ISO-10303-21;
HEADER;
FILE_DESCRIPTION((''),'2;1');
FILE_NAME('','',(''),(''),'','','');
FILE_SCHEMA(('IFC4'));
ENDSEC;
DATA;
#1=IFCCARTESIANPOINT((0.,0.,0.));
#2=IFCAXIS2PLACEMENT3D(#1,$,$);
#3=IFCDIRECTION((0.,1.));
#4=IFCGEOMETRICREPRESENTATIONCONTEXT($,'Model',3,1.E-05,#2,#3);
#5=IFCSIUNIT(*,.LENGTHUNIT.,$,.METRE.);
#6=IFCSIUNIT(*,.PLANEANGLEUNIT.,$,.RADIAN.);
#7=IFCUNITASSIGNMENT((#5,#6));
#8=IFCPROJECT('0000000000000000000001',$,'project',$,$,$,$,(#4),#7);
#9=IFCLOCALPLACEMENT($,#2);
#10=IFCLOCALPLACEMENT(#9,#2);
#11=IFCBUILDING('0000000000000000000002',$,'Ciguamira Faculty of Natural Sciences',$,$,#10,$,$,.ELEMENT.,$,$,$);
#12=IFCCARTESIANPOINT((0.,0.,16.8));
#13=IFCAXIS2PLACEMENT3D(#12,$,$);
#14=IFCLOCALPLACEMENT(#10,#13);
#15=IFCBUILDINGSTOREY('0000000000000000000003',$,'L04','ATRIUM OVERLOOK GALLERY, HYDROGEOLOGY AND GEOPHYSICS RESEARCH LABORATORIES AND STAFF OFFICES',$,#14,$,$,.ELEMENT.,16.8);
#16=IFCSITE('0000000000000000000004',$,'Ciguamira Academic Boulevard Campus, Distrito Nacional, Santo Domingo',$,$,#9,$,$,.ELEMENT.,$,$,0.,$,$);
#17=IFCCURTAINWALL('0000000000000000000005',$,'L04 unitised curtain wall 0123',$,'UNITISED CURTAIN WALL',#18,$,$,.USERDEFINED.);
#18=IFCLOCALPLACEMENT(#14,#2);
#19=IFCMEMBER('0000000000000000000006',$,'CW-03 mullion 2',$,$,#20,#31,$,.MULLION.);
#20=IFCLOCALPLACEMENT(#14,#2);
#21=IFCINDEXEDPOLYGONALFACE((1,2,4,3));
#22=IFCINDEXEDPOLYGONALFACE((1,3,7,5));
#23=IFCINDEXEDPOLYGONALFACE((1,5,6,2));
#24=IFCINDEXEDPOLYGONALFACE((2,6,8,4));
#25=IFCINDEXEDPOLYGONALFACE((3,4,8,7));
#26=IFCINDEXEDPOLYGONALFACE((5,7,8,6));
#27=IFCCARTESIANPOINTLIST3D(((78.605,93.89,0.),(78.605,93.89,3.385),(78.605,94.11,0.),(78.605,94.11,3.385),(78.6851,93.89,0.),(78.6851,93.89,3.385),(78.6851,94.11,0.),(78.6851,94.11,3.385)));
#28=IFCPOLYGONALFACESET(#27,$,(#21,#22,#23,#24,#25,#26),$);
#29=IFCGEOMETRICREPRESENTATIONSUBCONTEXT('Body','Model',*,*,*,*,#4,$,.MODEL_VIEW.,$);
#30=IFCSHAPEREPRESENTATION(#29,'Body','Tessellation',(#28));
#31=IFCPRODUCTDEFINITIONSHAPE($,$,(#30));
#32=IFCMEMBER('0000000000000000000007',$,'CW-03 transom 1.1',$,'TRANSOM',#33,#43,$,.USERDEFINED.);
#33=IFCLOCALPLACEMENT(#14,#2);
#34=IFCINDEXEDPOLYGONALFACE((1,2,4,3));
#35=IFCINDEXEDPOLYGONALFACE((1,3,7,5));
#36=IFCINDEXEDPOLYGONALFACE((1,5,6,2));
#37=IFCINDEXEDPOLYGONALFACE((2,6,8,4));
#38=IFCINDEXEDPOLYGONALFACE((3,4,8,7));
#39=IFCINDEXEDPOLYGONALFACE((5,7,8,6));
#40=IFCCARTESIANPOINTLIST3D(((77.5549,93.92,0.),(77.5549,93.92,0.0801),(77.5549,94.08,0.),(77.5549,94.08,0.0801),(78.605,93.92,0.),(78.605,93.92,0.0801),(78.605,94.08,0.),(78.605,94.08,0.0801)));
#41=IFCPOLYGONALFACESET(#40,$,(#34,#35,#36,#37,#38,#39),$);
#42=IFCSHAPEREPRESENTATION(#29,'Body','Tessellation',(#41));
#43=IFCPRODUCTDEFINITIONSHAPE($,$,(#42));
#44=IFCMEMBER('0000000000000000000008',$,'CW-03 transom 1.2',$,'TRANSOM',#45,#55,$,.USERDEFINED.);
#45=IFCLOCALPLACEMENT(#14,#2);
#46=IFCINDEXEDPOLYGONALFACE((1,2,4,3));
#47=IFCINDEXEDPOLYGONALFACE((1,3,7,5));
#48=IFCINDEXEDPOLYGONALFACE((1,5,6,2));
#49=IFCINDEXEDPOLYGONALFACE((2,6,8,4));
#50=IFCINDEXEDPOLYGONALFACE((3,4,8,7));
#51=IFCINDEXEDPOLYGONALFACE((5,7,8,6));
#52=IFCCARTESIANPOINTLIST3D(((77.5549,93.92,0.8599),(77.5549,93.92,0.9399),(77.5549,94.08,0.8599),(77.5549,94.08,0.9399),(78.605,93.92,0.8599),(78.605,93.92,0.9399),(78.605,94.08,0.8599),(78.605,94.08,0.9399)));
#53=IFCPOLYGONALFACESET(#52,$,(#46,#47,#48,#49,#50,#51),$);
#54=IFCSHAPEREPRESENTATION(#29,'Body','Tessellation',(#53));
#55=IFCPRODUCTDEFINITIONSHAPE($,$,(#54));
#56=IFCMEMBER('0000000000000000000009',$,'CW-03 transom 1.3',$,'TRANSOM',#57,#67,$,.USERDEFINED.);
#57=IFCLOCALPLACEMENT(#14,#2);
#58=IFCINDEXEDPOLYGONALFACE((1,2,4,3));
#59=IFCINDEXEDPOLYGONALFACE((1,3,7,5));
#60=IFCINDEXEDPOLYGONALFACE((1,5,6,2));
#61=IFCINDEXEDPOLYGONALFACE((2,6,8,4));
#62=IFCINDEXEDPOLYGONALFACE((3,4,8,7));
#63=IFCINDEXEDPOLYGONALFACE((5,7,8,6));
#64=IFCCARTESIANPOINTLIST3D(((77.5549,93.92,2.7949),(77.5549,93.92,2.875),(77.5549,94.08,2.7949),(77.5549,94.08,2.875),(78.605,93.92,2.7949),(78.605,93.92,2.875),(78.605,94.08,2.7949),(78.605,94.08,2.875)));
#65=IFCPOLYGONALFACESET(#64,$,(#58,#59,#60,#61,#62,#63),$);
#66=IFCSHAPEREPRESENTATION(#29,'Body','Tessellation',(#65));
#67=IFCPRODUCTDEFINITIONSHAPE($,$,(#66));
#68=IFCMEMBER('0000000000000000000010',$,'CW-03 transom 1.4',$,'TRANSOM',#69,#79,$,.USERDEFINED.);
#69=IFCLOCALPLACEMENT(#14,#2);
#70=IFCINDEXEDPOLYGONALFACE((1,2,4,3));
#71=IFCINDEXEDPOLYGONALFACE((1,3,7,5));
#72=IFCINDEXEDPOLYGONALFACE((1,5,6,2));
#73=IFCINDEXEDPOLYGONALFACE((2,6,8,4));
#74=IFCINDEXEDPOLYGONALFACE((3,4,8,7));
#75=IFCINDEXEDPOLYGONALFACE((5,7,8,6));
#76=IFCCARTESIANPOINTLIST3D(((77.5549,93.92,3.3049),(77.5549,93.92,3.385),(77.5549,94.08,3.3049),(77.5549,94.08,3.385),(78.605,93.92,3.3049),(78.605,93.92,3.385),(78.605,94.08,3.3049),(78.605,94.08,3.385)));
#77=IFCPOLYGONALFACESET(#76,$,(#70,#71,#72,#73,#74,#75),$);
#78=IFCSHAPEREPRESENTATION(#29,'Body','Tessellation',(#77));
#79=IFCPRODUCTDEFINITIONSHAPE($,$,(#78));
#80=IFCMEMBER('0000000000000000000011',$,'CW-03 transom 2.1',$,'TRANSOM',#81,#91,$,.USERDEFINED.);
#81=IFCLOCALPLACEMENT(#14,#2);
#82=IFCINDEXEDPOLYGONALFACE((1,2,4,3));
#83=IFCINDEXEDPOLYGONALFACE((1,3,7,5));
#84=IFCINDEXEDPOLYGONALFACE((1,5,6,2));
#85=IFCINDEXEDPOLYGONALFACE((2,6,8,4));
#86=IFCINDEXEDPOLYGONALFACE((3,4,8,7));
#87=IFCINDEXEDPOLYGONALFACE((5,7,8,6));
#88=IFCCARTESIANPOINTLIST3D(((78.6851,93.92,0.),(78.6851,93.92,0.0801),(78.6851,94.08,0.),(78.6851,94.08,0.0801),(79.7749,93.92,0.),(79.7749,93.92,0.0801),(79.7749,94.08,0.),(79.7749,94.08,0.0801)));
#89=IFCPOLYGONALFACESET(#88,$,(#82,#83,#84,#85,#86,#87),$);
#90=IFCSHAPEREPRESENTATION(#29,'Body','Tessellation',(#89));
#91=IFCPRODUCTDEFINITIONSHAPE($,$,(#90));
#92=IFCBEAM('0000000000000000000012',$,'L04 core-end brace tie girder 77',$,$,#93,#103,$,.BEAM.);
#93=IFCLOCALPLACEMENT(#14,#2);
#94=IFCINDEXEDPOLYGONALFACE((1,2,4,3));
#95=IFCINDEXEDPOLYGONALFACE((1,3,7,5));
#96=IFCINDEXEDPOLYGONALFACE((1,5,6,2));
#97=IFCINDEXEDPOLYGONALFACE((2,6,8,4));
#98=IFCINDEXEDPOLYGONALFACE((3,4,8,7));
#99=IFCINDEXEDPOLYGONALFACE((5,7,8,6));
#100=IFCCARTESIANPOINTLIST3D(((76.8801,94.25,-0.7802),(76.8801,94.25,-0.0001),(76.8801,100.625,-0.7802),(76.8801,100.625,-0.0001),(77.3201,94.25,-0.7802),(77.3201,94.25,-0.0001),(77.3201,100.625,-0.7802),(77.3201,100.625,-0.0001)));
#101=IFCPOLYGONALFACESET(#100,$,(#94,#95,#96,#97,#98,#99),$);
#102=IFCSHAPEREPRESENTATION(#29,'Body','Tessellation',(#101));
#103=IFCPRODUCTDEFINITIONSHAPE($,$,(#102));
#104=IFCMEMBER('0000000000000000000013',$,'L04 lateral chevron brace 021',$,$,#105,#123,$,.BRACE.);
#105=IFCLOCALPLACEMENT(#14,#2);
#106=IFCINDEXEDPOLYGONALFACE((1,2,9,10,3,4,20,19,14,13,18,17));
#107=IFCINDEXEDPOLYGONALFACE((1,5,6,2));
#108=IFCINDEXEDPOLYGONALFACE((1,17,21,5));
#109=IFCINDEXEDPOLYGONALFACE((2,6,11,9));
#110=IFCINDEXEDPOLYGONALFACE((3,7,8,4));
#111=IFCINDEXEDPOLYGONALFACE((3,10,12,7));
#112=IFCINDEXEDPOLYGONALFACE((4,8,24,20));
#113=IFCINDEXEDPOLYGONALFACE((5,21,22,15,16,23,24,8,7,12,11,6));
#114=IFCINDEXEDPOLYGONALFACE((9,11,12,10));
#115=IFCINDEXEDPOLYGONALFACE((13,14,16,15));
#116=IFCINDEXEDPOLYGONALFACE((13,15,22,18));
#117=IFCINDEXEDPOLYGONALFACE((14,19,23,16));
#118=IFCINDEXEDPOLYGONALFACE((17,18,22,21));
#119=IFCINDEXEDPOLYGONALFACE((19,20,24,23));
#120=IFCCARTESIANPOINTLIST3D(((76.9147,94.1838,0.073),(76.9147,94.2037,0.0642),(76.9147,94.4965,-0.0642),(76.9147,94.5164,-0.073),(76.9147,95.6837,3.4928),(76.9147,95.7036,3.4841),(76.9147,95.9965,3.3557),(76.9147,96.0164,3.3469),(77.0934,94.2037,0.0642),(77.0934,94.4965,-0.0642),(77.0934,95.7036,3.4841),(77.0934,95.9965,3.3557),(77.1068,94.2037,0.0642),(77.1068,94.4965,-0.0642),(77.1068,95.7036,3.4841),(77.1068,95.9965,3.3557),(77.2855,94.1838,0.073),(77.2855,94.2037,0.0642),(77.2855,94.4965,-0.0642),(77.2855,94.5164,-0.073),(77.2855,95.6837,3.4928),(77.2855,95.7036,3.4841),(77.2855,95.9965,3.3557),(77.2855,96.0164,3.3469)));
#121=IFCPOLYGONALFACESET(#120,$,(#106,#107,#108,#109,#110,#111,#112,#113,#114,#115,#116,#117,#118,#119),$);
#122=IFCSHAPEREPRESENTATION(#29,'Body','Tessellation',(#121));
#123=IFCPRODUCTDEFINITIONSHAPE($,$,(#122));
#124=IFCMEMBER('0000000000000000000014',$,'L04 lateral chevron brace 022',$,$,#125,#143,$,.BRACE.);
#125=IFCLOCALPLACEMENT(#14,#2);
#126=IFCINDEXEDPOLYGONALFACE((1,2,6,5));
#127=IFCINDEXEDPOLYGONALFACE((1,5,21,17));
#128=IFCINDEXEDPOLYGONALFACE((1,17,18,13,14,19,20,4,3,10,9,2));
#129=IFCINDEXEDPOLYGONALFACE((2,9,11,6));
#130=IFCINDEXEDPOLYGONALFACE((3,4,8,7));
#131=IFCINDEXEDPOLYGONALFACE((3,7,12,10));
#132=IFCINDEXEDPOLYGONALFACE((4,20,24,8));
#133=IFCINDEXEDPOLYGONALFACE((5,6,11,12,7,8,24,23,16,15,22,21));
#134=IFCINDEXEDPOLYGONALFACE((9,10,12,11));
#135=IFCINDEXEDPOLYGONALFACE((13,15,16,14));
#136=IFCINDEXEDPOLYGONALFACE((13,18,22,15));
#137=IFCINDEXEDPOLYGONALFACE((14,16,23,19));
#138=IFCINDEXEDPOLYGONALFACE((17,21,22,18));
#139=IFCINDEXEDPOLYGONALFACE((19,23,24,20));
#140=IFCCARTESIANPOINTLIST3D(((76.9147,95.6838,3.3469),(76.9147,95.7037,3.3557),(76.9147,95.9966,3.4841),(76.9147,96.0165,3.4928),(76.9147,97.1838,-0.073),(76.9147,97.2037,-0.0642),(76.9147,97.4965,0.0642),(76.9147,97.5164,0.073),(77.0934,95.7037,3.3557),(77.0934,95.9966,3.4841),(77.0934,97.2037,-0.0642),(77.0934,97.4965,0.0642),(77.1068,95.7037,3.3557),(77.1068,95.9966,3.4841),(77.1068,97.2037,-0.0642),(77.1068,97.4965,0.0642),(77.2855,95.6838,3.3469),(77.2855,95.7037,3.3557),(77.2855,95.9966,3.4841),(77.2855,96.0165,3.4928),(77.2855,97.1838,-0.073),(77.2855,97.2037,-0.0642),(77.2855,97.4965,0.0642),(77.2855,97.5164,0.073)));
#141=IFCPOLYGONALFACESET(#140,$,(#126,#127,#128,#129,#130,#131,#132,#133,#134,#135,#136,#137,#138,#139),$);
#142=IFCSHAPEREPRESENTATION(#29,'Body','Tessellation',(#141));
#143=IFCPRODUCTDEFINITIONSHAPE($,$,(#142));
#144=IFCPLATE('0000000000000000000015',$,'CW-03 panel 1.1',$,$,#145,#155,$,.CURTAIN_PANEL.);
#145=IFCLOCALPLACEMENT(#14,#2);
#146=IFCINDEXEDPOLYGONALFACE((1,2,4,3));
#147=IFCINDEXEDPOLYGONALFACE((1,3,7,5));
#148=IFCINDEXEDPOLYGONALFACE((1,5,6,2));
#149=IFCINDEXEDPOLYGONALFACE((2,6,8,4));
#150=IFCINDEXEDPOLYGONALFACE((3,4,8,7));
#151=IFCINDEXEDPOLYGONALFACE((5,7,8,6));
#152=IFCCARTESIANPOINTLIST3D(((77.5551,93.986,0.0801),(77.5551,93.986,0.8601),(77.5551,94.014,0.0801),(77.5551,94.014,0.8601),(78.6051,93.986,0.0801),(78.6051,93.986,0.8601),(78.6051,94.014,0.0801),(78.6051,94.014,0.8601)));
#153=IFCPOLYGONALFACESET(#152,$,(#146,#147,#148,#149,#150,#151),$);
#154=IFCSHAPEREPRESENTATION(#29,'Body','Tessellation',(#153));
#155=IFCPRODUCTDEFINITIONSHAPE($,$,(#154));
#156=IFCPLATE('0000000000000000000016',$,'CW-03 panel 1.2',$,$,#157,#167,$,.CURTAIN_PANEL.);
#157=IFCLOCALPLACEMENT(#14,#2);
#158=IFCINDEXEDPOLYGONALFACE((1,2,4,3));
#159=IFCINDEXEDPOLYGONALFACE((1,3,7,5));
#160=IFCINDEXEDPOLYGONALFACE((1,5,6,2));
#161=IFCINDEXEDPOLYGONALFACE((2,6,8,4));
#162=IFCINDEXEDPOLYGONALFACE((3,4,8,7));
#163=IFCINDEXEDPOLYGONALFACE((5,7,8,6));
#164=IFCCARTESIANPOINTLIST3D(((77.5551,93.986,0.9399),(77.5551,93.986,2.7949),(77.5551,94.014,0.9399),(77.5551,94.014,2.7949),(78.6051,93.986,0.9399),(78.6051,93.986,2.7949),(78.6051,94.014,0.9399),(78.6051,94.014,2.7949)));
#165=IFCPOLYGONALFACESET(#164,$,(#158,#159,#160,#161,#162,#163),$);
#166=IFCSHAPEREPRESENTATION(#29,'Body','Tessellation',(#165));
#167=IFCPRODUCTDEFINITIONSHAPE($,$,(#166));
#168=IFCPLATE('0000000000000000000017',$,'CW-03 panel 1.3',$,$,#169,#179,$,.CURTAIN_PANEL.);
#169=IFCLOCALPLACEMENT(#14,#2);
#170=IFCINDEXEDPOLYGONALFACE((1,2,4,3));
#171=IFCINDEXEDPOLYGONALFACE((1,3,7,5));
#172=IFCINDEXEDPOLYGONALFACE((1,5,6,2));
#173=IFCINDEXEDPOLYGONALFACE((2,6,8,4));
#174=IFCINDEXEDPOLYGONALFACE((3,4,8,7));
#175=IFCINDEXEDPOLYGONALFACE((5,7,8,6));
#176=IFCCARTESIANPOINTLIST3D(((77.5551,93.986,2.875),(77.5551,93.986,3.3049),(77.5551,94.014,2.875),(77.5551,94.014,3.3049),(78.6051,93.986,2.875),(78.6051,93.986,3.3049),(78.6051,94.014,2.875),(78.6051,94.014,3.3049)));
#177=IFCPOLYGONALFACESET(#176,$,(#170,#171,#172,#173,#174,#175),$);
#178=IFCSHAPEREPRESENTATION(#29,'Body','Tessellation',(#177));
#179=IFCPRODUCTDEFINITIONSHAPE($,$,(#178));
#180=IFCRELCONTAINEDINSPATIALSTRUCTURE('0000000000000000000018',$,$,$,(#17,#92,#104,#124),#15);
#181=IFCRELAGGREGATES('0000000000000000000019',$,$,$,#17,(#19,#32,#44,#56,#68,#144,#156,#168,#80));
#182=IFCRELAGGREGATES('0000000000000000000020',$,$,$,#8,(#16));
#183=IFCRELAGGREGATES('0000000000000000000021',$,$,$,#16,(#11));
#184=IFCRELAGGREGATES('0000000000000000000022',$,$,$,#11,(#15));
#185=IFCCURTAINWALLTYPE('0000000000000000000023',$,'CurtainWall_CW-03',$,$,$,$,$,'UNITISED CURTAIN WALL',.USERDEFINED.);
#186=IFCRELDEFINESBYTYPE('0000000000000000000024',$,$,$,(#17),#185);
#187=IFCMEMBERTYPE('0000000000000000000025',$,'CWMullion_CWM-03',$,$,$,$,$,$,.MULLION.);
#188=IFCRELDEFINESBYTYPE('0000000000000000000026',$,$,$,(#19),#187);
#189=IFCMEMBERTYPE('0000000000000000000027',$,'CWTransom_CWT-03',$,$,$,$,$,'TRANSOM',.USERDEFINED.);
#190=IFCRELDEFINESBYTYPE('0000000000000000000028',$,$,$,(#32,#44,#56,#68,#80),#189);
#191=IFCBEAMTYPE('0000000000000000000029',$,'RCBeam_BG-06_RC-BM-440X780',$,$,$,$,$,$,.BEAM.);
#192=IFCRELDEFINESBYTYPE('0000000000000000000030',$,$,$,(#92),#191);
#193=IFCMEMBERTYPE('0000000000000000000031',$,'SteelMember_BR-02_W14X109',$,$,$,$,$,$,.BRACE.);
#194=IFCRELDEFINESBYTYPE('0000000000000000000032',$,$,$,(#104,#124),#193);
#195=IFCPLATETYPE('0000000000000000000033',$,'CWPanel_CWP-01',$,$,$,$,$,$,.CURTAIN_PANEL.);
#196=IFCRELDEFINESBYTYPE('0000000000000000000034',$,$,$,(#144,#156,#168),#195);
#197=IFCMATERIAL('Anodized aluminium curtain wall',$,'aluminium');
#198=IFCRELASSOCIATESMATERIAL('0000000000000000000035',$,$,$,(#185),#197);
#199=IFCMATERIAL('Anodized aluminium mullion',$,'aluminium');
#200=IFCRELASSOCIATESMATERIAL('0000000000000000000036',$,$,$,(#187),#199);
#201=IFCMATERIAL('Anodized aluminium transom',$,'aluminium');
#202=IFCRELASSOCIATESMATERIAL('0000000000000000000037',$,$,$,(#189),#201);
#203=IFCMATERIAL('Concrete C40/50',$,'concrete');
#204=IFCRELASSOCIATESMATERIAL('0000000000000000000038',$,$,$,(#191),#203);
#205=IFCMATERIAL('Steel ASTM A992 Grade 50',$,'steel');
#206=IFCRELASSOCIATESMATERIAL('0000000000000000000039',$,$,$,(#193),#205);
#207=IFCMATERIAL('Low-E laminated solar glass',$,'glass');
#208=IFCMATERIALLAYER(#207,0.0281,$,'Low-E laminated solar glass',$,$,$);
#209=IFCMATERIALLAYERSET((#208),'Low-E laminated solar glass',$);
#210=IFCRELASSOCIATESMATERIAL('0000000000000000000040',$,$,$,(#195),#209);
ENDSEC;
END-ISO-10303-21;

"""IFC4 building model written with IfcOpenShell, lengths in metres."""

from ifc_helpers import new_model, si_unit, direction, frame, origin, origin_2d, place, context, subcontext, project, spatial, rectangle, i_section, extrude, material, layer, layer_set, material_profile, profile_set, type_object, element, aggregate, save


model = new_model("IFC4")

# Units and contexts
model_context = context("Model", 3, precision=1e-05, world=origin(), true_north=direction((0.0, 1.0)))
body_context = subcontext(model_context, "Body", "Model", "MODEL_VIEW")
ifc_project = project(units=[si_unit("LENGTHUNIT", "METRE"), si_unit("PLANEANGLEUNIT", "RADIAN")], contexts=[model_context])

# Site, building, storey
site_placement = place(None, origin())
site = spatial("IfcSite", under=ifc_project, at=site_placement, Name="Ciguamira Academic Boulevard Campus, Distrito Nacional, Santo Domingo", CompositionType="ELEMENT", RefElevation=0.0)
building_placement = place(site_placement, origin())
building = spatial("IfcBuilding", under=site, at=building_placement, Name="Ciguamira Faculty of Natural Sciences", CompositionType="ELEMENT")
storey_placement = place(building_placement, frame((0.0, 0.0, 16.8)))
storey = spatial("IfcBuildingStorey", under=building, at=storey_placement, Name="L04", Description="ATRIUM OVERLOOK GALLERY, HYDROGEOLOGY AND GEOPHYSICS RESEARCH LABORATORIES AND STAFF OFFICES", CompositionType="ELEMENT", Elevation=16.8)

# Curtain wall, members
ifc_material_1 = material(Name="Anodized aluminium curtain wall", Category="aluminium")
curtain_wall_type = type_object("IfcCurtainWallType", Name="CurtainWall_CW-03", ElementType="UNITISED CURTAIN WALL", PredefinedType="USERDEFINED", material=ifc_material_1)
curtain_wall_placement = place(storey_placement, origin())
curtain_wall = element("IfcCurtainWall", 1, at=curtain_wall_placement, inside=storey, type_object=curtain_wall_type, Name="L04 unitised curtain wall 0123", ObjectType="UNITISED CURTAIN WALL", PredefinedType="USERDEFINED")
ifc_material_2 = material(Name="Anodized aluminium mullion", Category="aluminium")
ifc_material_profile_1 = material_profile(ifc_material_2, rectangle(XDim=0.0801, YDim=0.22, at=origin_2d()), Name="ALU-MUL-80X220")
ifc_profile_set_1 = profile_set([ifc_material_profile_1], Name="Anodized aluminium mullion")
member_type_1 = type_object("IfcMemberType", Name="CWMullion_CWM-03", PredefinedType="MULLION", material=ifc_profile_set_1)
member_1_placement = place(storey_placement, frame((78.645, 94.0, 0.0), z_axis=(0.0, 0.0, 1.0), x_axis=(1.0, 0.0, 0.0)))
member_1 = element("IfcMember", 2, at=member_1_placement, type_object=member_type_1, Name="CW-03 mullion 2", PredefinedType="MULLION", context=body_context, shape_type="SweptSolid", body=[
    extrude(rectangle(XDim=0.0801, YDim=0.22, at=origin_2d()), origin(), (0.0, 0.0, 1.0), 3.385),
])
ifc_material_3 = material(Name="Anodized aluminium transom", Category="aluminium")
ifc_material_profile_2 = material_profile(ifc_material_3, rectangle(XDim=0.0801, YDim=0.1599, at=origin_2d()), Name="ALU-TRN-80X160")
ifc_profile_set_2 = profile_set([ifc_material_profile_2], Name="Anodized aluminium transom")
member_type_2 = type_object("IfcMemberType", Name="CWTransom_CWT-03", ElementType="TRANSOM", PredefinedType="USERDEFINED", material=ifc_profile_set_2)
member_2_placement = place(storey_placement, frame((77.5549, 94.0, 0.04), z_axis=(1.0, 0.0, 0.0), x_axis=(0.0, 0.0, 1.0)))
member_2 = element("IfcMember", 3, at=member_2_placement, type_object=member_type_2, Name="CW-03 transom 1.1", ObjectType="TRANSOM", PredefinedType="USERDEFINED", context=body_context, shape_type="SweptSolid", body=[
    extrude(rectangle(XDim=0.0801, YDim=0.1599, at=origin_2d()), origin(), (0.0, 0.0, 1.0), 1.05),
])
member_3_placement = place(storey_placement, frame((77.5549, 94.0, 0.8999), z_axis=(1.0, 0.0, 0.0), x_axis=(0.0, 0.0, 1.0)))
member_3 = element("IfcMember", 4, at=member_3_placement, type_object=member_type_2, Name="CW-03 transom 1.2", ObjectType="TRANSOM", PredefinedType="USERDEFINED", context=body_context, shape_type="SweptSolid", body=[
    extrude(rectangle(XDim=0.0801, YDim=0.1599, at=origin_2d()), origin(), (0.0, 0.0, 1.0), 1.05),
])
member_4_placement = place(storey_placement, frame((77.5549, 94.0, 2.835), z_axis=(1.0, 0.0, 0.0), x_axis=(0.0, 0.0, 1.0)))
member_4 = element("IfcMember", 5, at=member_4_placement, type_object=member_type_2, Name="CW-03 transom 1.3", ObjectType="TRANSOM", PredefinedType="USERDEFINED", context=body_context, shape_type="SweptSolid", body=[
    extrude(rectangle(XDim=0.0801, YDim=0.1599, at=origin_2d()), origin(), (0.0, 0.0, 1.0), 1.05),
])
member_5_placement = place(storey_placement, frame((77.5549, 94.0, 3.345), z_axis=(1.0, 0.0, 0.0), x_axis=(0.0, 0.0, 1.0)))
member_5 = element("IfcMember", 6, at=member_5_placement, type_object=member_type_2, Name="CW-03 transom 1.4", ObjectType="TRANSOM", PredefinedType="USERDEFINED", context=body_context, shape_type="SweptSolid", body=[
    extrude(rectangle(XDim=0.0801, YDim=0.1599, at=origin_2d()), origin(), (0.0, 0.0, 1.0), 1.05),
])
member_6_placement = place(storey_placement, frame((78.6851, 94.0, 0.04), z_axis=(1.0, 0.0, 0.0), x_axis=(0.0, 0.0, 1.0)))
member_6 = element("IfcMember", 7, at=member_6_placement, type_object=member_type_2, Name="CW-03 transom 2.1", ObjectType="TRANSOM", PredefinedType="USERDEFINED", context=body_context, shape_type="SweptSolid", body=[
    extrude(rectangle(XDim=0.0801, YDim=0.1599, at=origin_2d()), origin(), (0.0, 0.0, 1.0), 1.0898),
])

# Beam
ifc_material_4 = material(Name="Concrete C40/50", Category="concrete")
ifc_material_profile_3 = material_profile(ifc_material_4, rectangle(XDim=0.4399, YDim=0.78, at=origin_2d()), Name="RC-BM-440X780")
ifc_profile_set_3 = profile_set([ifc_material_profile_3], Name="Concrete C40/50")
beam_type = type_object("IfcBeamType", Name="RCBeam_BG-06_RC-BM-440X780", PredefinedType="BEAM", material=ifc_profile_set_3)
beam_placement = place(storey_placement, frame((77.1001, 94.25, -0.3901), z_axis=(0.0, 1.0, 0.0), x_axis=(-1.0, 0.0, 0.0)))
element("IfcBeam", 8, at=beam_placement, inside=storey, type_object=beam_type, Name="L04 core-end brace tie girder 77", PredefinedType="BEAM", context=body_context, shape_type="SweptSolid", body=[
    extrude(rectangle(XDim=0.4399, YDim=0.78, at=origin_2d()), origin(), (0.0, 0.0, 1.0), 6.375),
])

# Members
ifc_material_5 = material(Name="Steel ASTM A992 Grade 50", Category="steel")
ifc_material_profile_4 = material_profile(ifc_material_5, i_section(OverallWidth=0.3708, OverallDepth=0.3633, WebThickness=0.0134, FlangeThickness=0.0217, at=origin_2d()), Name="W14X109")
ifc_profile_set_4 = profile_set([ifc_material_profile_4], Name="Steel ASTM A992 Grade 50")
member_type_3 = type_object("IfcMemberType", Name="SteelMember_BR-02_W14X109", PredefinedType="BRACE", material=ifc_profile_set_4)
for number, where, z_axis, x_axis, name in (
    (9, (77.1001, 94.3501, 0.0), (0.0, 0.401669, 0.915785), (-1.0, 0.0, 0.0), "L04 lateral chevron brace 021"),
    (10, (77.1001, 97.3501, 0.0), (0.0, -0.401669, 0.915785), (1.0, 0.0, 0.0), "L04 lateral chevron brace 022"),
):
    element("IfcMember", number, at=place(storey_placement, frame(where, z_axis=z_axis, x_axis=x_axis)), inside=storey, type_object=member_type_3, Name=name, PredefinedType="BRACE", context=body_context, shape_type="SweptSolid", body=[
        extrude(i_section(OverallWidth=0.3708, OverallDepth=0.3633, WebThickness=0.0134, FlangeThickness=0.0217, at=origin_2d()), origin(), (0.0, 0.0, 1.0), 3.7344),
    ])

# Plates
ifc_material_6 = material(Name="Low-E laminated solar glass", Category="glass")
ifc_layer_1 = layer(ifc_material_6, 0.0281, Name="Low-E laminated solar glass")
ifc_layer_set_1 = layer_set([ifc_layer_1], Name="Low-E laminated solar glass")
plate_type_1 = type_object("IfcPlateType", Name="CWPanel_CWP-01", PredefinedType="CURTAIN_PANEL", material=ifc_layer_set_1)
plate_1_placement = place(storey_placement, frame((78.0801, 94.0, 0.0801), z_axis=(0.0, 0.0, 1.0), x_axis=(1.0, 0.0, 0.0)))
plate_1 = element("IfcPlate", 11, at=plate_1_placement, type_object=plate_type_1, Name="CW-03 panel 1.1", PredefinedType="CURTAIN_PANEL", context=body_context, shape_type="SweptSolid", body=[
    extrude(rectangle(XDim=1.05, YDim=0.0281, at=origin_2d()), origin(), (0.0, 0.0, 1.0), 0.78),
])
plate_2_placement = place(storey_placement, frame((78.0801, 94.0, 0.9399), z_axis=(0.0, 0.0, 1.0), x_axis=(1.0, 0.0, 0.0)))
plate_2 = element("IfcPlate", 12, at=plate_2_placement, type_object=plate_type_1, Name="CW-03 panel 1.2", PredefinedType="CURTAIN_PANEL", context=body_context, shape_type="SweptSolid", body=[
    extrude(rectangle(XDim=1.05, YDim=0.0281, at=origin_2d()), origin(), (0.0, 0.0, 1.0), 1.855),
])
plate_3_placement = place(storey_placement, frame((78.0801, 94.0, 2.875), z_axis=(0.0, 0.0, 1.0), x_axis=(1.0, 0.0, 0.0)))
plate_3 = element("IfcPlate", 13, at=plate_3_placement, type_object=plate_type_1, Name="CW-03 panel 1.3", PredefinedType="CURTAIN_PANEL", context=body_context, shape_type="SweptSolid", body=[
    extrude(rectangle(XDim=1.05, YDim=0.0281, at=origin_2d()), origin(), (0.0, 0.0, 1.0), 0.4299),
])
aggregate(curtain_wall, [member_1, member_2, member_3, member_4, member_5, plate_1, plate_2, plate_3, member_6])

save(model, "model.ifc")
